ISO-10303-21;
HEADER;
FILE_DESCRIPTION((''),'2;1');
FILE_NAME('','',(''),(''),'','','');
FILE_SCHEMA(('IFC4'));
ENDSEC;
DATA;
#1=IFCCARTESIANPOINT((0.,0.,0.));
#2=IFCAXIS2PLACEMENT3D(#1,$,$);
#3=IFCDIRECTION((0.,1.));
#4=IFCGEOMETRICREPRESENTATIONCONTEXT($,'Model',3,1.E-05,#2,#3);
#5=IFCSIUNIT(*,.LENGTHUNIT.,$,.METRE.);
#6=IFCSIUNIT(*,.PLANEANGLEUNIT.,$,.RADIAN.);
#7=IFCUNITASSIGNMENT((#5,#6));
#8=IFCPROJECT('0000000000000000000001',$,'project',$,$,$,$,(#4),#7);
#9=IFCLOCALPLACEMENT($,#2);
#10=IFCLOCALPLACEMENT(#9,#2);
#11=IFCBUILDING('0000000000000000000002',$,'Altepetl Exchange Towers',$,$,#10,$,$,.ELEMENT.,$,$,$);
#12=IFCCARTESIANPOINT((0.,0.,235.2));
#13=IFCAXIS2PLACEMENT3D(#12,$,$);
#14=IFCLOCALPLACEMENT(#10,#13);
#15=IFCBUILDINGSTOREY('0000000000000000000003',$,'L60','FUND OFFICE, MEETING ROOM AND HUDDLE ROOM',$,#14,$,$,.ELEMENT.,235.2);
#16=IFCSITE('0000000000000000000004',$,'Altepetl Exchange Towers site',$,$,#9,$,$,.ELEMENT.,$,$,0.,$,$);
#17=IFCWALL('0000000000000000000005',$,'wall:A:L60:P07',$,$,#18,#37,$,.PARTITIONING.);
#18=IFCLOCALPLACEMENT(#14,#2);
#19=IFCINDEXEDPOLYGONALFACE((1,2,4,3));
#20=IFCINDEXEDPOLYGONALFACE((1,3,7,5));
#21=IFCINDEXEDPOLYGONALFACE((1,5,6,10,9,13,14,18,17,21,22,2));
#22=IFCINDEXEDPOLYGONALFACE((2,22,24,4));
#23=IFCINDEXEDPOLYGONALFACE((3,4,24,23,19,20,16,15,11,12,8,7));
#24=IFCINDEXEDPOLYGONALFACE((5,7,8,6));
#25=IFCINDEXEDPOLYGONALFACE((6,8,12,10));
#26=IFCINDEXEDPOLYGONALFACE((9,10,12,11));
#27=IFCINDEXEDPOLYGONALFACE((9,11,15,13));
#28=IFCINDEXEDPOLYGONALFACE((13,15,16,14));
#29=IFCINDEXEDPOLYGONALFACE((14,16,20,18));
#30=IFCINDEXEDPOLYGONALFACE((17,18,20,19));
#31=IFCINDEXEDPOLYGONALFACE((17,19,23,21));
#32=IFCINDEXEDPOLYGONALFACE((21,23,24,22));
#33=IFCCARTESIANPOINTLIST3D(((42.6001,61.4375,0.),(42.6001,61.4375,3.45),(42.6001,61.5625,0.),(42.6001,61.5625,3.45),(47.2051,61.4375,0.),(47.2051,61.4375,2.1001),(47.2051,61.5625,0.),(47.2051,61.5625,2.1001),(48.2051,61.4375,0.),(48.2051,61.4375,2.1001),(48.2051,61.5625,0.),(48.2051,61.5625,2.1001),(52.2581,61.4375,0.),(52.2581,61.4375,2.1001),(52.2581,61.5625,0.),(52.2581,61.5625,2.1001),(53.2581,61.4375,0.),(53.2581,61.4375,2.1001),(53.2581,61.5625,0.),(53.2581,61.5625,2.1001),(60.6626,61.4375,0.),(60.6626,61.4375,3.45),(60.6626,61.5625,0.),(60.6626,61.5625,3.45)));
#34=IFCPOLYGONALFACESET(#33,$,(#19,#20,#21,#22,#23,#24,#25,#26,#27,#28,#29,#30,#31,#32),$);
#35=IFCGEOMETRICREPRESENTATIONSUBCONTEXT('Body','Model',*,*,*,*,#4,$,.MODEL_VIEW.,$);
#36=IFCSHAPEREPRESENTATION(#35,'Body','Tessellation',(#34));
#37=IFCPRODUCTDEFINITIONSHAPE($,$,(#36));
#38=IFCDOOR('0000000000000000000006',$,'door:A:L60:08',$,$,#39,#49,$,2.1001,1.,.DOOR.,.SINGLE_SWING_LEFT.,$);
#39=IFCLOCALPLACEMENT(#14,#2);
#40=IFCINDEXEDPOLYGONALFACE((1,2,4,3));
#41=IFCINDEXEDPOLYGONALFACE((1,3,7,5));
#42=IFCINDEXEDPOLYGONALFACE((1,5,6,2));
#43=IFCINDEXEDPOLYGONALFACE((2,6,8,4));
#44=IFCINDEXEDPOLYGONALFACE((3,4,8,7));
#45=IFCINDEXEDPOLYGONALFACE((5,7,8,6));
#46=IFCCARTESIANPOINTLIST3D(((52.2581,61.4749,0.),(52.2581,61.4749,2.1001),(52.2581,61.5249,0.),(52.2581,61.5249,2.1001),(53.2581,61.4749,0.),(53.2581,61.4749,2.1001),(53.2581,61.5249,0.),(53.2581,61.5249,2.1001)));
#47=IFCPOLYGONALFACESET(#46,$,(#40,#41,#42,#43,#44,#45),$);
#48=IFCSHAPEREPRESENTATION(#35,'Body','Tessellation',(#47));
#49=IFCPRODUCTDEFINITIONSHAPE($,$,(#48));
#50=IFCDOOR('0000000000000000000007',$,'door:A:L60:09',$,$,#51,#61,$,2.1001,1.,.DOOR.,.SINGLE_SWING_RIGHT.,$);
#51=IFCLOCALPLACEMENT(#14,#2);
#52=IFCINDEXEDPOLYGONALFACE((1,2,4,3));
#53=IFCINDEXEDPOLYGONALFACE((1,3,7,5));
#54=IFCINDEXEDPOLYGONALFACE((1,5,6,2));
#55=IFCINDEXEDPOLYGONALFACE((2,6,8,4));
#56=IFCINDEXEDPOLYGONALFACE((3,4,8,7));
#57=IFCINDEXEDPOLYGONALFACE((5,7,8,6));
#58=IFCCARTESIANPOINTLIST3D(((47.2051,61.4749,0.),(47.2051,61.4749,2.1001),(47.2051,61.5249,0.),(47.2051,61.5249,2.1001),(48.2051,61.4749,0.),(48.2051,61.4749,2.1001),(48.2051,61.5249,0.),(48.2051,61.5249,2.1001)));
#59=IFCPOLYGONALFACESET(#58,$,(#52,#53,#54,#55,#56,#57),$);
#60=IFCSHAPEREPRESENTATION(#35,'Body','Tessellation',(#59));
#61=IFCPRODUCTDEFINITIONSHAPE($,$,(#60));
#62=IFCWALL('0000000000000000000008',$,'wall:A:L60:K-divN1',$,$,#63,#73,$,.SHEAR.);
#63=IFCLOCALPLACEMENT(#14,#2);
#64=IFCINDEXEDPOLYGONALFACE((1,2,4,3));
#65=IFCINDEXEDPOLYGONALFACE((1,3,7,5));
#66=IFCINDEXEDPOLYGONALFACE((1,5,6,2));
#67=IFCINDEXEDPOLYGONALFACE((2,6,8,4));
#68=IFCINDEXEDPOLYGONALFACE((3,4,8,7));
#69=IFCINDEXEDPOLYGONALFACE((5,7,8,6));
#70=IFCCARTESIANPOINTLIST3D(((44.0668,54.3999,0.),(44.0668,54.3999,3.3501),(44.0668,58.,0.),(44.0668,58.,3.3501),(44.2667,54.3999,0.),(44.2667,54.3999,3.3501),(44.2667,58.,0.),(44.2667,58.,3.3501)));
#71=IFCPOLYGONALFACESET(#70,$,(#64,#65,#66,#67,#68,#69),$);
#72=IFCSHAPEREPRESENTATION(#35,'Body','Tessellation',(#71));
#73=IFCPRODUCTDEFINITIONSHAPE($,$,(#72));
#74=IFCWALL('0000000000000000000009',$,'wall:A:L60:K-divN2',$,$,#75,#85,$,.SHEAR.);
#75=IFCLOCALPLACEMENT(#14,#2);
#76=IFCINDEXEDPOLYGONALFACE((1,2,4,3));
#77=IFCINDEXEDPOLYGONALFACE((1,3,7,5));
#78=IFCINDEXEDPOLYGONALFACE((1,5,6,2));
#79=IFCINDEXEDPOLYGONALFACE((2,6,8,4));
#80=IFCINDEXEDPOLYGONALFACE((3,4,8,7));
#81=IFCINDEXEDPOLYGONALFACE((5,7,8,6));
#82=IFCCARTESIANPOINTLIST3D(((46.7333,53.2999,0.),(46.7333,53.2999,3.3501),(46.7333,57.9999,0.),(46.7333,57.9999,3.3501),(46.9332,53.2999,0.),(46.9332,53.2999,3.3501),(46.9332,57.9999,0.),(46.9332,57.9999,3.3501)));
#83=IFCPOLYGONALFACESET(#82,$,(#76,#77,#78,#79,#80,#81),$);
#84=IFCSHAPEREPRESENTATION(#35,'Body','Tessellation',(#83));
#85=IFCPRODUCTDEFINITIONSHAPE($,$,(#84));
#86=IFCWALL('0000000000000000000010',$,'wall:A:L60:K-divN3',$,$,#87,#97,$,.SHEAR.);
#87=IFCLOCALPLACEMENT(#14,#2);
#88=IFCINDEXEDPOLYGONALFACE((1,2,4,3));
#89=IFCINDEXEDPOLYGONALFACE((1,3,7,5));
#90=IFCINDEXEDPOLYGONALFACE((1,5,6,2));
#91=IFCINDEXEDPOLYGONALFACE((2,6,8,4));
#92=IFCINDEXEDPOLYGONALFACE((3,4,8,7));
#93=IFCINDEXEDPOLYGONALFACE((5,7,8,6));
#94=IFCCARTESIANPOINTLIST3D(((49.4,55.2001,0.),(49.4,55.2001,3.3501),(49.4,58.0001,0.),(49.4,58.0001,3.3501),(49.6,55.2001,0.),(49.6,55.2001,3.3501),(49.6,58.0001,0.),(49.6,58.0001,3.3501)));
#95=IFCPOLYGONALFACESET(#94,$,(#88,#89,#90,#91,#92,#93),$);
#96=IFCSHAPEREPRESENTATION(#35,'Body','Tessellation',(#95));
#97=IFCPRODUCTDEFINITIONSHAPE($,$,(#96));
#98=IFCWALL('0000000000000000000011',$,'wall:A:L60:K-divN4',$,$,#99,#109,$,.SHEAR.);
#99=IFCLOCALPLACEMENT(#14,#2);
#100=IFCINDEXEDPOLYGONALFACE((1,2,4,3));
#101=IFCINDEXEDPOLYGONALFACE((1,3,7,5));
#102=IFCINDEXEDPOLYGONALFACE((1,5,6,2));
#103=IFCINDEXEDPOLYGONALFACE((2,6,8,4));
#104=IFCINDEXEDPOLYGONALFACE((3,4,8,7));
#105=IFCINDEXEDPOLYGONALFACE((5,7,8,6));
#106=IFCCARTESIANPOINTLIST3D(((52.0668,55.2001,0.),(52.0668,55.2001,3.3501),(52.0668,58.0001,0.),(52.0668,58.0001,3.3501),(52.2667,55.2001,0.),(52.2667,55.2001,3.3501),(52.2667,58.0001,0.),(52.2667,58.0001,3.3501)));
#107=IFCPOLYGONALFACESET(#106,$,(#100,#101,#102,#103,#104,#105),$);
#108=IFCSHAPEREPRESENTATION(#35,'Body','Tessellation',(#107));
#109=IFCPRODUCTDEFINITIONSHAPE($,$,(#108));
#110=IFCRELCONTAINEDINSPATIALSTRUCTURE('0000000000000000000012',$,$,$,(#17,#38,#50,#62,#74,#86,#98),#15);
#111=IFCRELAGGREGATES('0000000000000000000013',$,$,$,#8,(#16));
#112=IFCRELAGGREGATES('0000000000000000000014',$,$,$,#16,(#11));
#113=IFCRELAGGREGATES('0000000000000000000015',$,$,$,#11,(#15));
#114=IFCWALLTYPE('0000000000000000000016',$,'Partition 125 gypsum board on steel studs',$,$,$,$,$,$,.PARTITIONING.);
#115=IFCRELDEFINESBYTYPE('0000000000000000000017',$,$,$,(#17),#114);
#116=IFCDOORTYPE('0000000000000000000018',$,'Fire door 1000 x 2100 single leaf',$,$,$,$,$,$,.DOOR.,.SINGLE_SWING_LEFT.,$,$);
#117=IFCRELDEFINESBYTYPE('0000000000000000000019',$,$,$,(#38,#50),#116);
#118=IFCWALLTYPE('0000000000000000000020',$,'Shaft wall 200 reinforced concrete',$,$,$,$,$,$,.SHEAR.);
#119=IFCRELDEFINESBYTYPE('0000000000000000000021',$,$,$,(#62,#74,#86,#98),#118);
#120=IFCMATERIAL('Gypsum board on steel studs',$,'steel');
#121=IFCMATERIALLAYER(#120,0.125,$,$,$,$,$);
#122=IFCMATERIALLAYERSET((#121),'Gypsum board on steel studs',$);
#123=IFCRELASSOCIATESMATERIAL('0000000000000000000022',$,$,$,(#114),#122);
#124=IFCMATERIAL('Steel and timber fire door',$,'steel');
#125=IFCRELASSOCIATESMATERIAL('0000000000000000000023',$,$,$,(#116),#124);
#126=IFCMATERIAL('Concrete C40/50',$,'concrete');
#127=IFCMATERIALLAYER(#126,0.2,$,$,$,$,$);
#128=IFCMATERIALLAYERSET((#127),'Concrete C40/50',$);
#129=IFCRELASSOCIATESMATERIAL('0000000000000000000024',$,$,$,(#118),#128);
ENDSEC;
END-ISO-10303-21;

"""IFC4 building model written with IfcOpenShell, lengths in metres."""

from ifc_helpers import new_model, si_unit, direction, frame, frame_2d, origin, place, context, subcontext, project, spatial, rectangle, extrude, material, layer, layer_set, type_object, element, fill, save


model = new_model("IFC4")

# Units and contexts
model_context = context("Model", 3, precision=1e-05, world=origin(), true_north=direction((0.0, 1.0)))
body_context = subcontext(model_context, "Body", "Model", "MODEL_VIEW")
ifc_project = project(units=[si_unit("LENGTHUNIT", "METRE"), si_unit("PLANEANGLEUNIT", "RADIAN")], contexts=[model_context])

# Site, building, storey
site_placement = place(None, origin())
site = spatial("IfcSite", under=ifc_project, at=site_placement, Name="Altepetl Exchange Towers site", CompositionType="ELEMENT", RefElevation=0.0)
building_placement = place(site_placement, origin())
building = spatial("IfcBuilding", under=site, at=building_placement, Name="Altepetl Exchange Towers", CompositionType="ELEMENT")
storey_placement = place(building_placement, frame((0.0, 0.0, 235.2)))
storey = spatial("IfcBuildingStorey", under=building, at=storey_placement, Name="L60", Description="FUND OFFICE, MEETING ROOM AND HUDDLE ROOM", CompositionType="ELEMENT", Elevation=235.2)

# Wall, openings, doors
ifc_material_1 = material(Name="Gypsum board on steel studs", Category="steel")
ifc_layer_1 = layer(ifc_material_1, 0.125)
ifc_layer_set_1 = layer_set([ifc_layer_1], Name="Gypsum board on steel studs")
wall_type_1 = type_object("IfcWallType", Name="Partition 125 gypsum board on steel studs", PredefinedType="PARTITIONING", material=ifc_layer_set_1)
wall_1_placement = place(storey_placement, frame((42.6001, 61.5, 0.0)))
wall_1 = element("IfcWall", 1, at=wall_1_placement, inside=storey, type_object=wall_type_1, Name="wall:A:L60:P07", PredefinedType="PARTITIONING", context=body_context, shape_type="SweptSolid", body=[
    extrude(rectangle(XDim=18.0625, YDim=0.125, at=frame_2d((9.0312, 0.0))), origin(), (0.0, 0.0, 1.0), 3.45),
])
opening_1_placement = place(wall_1_placement, frame((9.658, 0.0, 0.0)))
opening_1 = element("IfcOpeningElement", 2, at=opening_1_placement, cuts=wall_1, PredefinedType="OPENING", context=body_context, shape_type="SweptSolid", body=[
    extrude(rectangle(XDim=1.0, YDim=2.1001, at=frame_2d((0.5, 1.05))), frame((0.0, 0.0725, 0.0), z_axis=(0.0, -1.0, 0.0), x_axis=(1.0, 0.0, 0.0)), (0.0, 0.0, 1.0), 0.145),
])
opening_2_placement = place(wall_1_placement, frame((4.605, 0.0, 0.0)))
opening_2 = element("IfcOpeningElement", 3, at=opening_2_placement, cuts=wall_1, PredefinedType="OPENING", context=body_context, shape_type="SweptSolid", body=[
    extrude(rectangle(XDim=1.0, YDim=2.1001, at=frame_2d((0.5, 1.05))), frame((0.0, 0.0725, 0.0), z_axis=(0.0, -1.0, 0.0), x_axis=(1.0, 0.0, 0.0)), (0.0, 0.0, 1.0), 0.145),
])
ifc_material_2 = material(Name="Steel and timber fire door", Category="steel")
door_type_1 = type_object("IfcDoorType", Name="Fire door 1000 x 2100 single leaf", OperationType="SINGLE_SWING_LEFT", PredefinedType="DOOR", material=ifc_material_2)
door_1_placement = place(opening_1_placement, origin())
door_1 = element("IfcDoor", 4, at=door_1_placement, inside=storey, type_object=door_type_1, Name="door:A:L60:08", OperationType="SINGLE_SWING_LEFT", OverallHeight=2.1001, OverallWidth=1.0, PredefinedType="DOOR", context=body_context, shape_type="SweptSolid", body=[
    extrude(rectangle(XDim=1.0, YDim=2.1001, at=frame_2d((0.5, 1.05))), frame((0.0, 0.0249, 0.0), z_axis=(0.0, -1.0, 0.0), x_axis=(1.0, 0.0, 0.0)), (0.0, 0.0, 1.0), 0.05),
])
fill(opening_1, door_1)
door_2_placement = place(opening_2_placement, origin())
door_2 = element("IfcDoor", 5, at=door_2_placement, inside=storey, type_object=door_type_1, Name="door:A:L60:09", OperationType="SINGLE_SWING_RIGHT", OverallHeight=2.1001, OverallWidth=1.0, PredefinedType="DOOR", context=body_context, shape_type="SweptSolid", body=[
    extrude(rectangle(XDim=1.0, YDim=2.1001, at=frame_2d((0.5, 1.05))), frame((0.0, 0.0249, 0.0), z_axis=(0.0, -1.0, 0.0), x_axis=(1.0, 0.0, 0.0)), (0.0, 0.0, 1.0), 0.05),
])
fill(opening_2, door_2)

# Walls
ifc_material_3 = material(Name="Concrete C40/50", Category="concrete")
ifc_layer_2 = layer(ifc_material_3, 0.2)
ifc_layer_set_2 = layer_set([ifc_layer_2], Name="Concrete C40/50")
wall_type_2 = type_object("IfcWallType", Name="Shaft wall 200 reinforced concrete", PredefinedType="SHEAR", material=ifc_layer_set_2)
wall_2_placement = place(storey_placement, frame((44.1667, 58.0, 0.0), z_axis=(0.0, 0.0, 1.0), x_axis=(0.0, -1.0, 0.0)))
element("IfcWall", 6, at=wall_2_placement, inside=storey, type_object=wall_type_2, Name="wall:A:L60:K-divN1", PredefinedType="SHEAR", context=body_context, shape_type="SweptSolid", body=[
    extrude(rectangle(XDim=3.6001, YDim=0.2, at=frame_2d((1.8, 0.0))), origin(), (0.0, 0.0, 1.0), 3.3501),
])
wall_3_placement = place(storey_placement, frame((46.8333, 58.0, 0.0), z_axis=(0.0, 0.0, 1.0), x_axis=(0.0, -1.0, 0.0)))
element("IfcWall", 7, at=wall_3_placement, inside=storey, type_object=wall_type_2, Name="wall:A:L60:K-divN2", PredefinedType="SHEAR", context=body_context, shape_type="SweptSolid", body=[
    extrude(rectangle(XDim=4.7, YDim=0.2, at=frame_2d((2.3501, 0.0))), origin(), (0.0, 0.0, 1.0), 3.3501),
])
for number, where, z_axis, x_axis, name in (
    (8, (49.5, 58.0, 0.0), (0.0, 0.0, 1.0), (0.0, -1.0, 0.0), "wall:A:L60:K-divN3"),
    (9, (52.1667, 58.0, 0.0), (0.0, 0.0, 1.0), (0.0, -1.0, 0.0), "wall:A:L60:K-divN4"),
):
    element("IfcWall", number, at=place(storey_placement, frame(where, z_axis=z_axis, x_axis=x_axis)), inside=storey, type_object=wall_type_2, Name=name, PredefinedType="SHEAR", context=body_context, shape_type="SweptSolid", body=[
        extrude(rectangle(XDim=2.8, YDim=0.2, at=frame_2d((1.3999, 0.0))), origin(), (0.0, 0.0, 1.0), 3.3501),
    ])

save(model, "model.ifc")
